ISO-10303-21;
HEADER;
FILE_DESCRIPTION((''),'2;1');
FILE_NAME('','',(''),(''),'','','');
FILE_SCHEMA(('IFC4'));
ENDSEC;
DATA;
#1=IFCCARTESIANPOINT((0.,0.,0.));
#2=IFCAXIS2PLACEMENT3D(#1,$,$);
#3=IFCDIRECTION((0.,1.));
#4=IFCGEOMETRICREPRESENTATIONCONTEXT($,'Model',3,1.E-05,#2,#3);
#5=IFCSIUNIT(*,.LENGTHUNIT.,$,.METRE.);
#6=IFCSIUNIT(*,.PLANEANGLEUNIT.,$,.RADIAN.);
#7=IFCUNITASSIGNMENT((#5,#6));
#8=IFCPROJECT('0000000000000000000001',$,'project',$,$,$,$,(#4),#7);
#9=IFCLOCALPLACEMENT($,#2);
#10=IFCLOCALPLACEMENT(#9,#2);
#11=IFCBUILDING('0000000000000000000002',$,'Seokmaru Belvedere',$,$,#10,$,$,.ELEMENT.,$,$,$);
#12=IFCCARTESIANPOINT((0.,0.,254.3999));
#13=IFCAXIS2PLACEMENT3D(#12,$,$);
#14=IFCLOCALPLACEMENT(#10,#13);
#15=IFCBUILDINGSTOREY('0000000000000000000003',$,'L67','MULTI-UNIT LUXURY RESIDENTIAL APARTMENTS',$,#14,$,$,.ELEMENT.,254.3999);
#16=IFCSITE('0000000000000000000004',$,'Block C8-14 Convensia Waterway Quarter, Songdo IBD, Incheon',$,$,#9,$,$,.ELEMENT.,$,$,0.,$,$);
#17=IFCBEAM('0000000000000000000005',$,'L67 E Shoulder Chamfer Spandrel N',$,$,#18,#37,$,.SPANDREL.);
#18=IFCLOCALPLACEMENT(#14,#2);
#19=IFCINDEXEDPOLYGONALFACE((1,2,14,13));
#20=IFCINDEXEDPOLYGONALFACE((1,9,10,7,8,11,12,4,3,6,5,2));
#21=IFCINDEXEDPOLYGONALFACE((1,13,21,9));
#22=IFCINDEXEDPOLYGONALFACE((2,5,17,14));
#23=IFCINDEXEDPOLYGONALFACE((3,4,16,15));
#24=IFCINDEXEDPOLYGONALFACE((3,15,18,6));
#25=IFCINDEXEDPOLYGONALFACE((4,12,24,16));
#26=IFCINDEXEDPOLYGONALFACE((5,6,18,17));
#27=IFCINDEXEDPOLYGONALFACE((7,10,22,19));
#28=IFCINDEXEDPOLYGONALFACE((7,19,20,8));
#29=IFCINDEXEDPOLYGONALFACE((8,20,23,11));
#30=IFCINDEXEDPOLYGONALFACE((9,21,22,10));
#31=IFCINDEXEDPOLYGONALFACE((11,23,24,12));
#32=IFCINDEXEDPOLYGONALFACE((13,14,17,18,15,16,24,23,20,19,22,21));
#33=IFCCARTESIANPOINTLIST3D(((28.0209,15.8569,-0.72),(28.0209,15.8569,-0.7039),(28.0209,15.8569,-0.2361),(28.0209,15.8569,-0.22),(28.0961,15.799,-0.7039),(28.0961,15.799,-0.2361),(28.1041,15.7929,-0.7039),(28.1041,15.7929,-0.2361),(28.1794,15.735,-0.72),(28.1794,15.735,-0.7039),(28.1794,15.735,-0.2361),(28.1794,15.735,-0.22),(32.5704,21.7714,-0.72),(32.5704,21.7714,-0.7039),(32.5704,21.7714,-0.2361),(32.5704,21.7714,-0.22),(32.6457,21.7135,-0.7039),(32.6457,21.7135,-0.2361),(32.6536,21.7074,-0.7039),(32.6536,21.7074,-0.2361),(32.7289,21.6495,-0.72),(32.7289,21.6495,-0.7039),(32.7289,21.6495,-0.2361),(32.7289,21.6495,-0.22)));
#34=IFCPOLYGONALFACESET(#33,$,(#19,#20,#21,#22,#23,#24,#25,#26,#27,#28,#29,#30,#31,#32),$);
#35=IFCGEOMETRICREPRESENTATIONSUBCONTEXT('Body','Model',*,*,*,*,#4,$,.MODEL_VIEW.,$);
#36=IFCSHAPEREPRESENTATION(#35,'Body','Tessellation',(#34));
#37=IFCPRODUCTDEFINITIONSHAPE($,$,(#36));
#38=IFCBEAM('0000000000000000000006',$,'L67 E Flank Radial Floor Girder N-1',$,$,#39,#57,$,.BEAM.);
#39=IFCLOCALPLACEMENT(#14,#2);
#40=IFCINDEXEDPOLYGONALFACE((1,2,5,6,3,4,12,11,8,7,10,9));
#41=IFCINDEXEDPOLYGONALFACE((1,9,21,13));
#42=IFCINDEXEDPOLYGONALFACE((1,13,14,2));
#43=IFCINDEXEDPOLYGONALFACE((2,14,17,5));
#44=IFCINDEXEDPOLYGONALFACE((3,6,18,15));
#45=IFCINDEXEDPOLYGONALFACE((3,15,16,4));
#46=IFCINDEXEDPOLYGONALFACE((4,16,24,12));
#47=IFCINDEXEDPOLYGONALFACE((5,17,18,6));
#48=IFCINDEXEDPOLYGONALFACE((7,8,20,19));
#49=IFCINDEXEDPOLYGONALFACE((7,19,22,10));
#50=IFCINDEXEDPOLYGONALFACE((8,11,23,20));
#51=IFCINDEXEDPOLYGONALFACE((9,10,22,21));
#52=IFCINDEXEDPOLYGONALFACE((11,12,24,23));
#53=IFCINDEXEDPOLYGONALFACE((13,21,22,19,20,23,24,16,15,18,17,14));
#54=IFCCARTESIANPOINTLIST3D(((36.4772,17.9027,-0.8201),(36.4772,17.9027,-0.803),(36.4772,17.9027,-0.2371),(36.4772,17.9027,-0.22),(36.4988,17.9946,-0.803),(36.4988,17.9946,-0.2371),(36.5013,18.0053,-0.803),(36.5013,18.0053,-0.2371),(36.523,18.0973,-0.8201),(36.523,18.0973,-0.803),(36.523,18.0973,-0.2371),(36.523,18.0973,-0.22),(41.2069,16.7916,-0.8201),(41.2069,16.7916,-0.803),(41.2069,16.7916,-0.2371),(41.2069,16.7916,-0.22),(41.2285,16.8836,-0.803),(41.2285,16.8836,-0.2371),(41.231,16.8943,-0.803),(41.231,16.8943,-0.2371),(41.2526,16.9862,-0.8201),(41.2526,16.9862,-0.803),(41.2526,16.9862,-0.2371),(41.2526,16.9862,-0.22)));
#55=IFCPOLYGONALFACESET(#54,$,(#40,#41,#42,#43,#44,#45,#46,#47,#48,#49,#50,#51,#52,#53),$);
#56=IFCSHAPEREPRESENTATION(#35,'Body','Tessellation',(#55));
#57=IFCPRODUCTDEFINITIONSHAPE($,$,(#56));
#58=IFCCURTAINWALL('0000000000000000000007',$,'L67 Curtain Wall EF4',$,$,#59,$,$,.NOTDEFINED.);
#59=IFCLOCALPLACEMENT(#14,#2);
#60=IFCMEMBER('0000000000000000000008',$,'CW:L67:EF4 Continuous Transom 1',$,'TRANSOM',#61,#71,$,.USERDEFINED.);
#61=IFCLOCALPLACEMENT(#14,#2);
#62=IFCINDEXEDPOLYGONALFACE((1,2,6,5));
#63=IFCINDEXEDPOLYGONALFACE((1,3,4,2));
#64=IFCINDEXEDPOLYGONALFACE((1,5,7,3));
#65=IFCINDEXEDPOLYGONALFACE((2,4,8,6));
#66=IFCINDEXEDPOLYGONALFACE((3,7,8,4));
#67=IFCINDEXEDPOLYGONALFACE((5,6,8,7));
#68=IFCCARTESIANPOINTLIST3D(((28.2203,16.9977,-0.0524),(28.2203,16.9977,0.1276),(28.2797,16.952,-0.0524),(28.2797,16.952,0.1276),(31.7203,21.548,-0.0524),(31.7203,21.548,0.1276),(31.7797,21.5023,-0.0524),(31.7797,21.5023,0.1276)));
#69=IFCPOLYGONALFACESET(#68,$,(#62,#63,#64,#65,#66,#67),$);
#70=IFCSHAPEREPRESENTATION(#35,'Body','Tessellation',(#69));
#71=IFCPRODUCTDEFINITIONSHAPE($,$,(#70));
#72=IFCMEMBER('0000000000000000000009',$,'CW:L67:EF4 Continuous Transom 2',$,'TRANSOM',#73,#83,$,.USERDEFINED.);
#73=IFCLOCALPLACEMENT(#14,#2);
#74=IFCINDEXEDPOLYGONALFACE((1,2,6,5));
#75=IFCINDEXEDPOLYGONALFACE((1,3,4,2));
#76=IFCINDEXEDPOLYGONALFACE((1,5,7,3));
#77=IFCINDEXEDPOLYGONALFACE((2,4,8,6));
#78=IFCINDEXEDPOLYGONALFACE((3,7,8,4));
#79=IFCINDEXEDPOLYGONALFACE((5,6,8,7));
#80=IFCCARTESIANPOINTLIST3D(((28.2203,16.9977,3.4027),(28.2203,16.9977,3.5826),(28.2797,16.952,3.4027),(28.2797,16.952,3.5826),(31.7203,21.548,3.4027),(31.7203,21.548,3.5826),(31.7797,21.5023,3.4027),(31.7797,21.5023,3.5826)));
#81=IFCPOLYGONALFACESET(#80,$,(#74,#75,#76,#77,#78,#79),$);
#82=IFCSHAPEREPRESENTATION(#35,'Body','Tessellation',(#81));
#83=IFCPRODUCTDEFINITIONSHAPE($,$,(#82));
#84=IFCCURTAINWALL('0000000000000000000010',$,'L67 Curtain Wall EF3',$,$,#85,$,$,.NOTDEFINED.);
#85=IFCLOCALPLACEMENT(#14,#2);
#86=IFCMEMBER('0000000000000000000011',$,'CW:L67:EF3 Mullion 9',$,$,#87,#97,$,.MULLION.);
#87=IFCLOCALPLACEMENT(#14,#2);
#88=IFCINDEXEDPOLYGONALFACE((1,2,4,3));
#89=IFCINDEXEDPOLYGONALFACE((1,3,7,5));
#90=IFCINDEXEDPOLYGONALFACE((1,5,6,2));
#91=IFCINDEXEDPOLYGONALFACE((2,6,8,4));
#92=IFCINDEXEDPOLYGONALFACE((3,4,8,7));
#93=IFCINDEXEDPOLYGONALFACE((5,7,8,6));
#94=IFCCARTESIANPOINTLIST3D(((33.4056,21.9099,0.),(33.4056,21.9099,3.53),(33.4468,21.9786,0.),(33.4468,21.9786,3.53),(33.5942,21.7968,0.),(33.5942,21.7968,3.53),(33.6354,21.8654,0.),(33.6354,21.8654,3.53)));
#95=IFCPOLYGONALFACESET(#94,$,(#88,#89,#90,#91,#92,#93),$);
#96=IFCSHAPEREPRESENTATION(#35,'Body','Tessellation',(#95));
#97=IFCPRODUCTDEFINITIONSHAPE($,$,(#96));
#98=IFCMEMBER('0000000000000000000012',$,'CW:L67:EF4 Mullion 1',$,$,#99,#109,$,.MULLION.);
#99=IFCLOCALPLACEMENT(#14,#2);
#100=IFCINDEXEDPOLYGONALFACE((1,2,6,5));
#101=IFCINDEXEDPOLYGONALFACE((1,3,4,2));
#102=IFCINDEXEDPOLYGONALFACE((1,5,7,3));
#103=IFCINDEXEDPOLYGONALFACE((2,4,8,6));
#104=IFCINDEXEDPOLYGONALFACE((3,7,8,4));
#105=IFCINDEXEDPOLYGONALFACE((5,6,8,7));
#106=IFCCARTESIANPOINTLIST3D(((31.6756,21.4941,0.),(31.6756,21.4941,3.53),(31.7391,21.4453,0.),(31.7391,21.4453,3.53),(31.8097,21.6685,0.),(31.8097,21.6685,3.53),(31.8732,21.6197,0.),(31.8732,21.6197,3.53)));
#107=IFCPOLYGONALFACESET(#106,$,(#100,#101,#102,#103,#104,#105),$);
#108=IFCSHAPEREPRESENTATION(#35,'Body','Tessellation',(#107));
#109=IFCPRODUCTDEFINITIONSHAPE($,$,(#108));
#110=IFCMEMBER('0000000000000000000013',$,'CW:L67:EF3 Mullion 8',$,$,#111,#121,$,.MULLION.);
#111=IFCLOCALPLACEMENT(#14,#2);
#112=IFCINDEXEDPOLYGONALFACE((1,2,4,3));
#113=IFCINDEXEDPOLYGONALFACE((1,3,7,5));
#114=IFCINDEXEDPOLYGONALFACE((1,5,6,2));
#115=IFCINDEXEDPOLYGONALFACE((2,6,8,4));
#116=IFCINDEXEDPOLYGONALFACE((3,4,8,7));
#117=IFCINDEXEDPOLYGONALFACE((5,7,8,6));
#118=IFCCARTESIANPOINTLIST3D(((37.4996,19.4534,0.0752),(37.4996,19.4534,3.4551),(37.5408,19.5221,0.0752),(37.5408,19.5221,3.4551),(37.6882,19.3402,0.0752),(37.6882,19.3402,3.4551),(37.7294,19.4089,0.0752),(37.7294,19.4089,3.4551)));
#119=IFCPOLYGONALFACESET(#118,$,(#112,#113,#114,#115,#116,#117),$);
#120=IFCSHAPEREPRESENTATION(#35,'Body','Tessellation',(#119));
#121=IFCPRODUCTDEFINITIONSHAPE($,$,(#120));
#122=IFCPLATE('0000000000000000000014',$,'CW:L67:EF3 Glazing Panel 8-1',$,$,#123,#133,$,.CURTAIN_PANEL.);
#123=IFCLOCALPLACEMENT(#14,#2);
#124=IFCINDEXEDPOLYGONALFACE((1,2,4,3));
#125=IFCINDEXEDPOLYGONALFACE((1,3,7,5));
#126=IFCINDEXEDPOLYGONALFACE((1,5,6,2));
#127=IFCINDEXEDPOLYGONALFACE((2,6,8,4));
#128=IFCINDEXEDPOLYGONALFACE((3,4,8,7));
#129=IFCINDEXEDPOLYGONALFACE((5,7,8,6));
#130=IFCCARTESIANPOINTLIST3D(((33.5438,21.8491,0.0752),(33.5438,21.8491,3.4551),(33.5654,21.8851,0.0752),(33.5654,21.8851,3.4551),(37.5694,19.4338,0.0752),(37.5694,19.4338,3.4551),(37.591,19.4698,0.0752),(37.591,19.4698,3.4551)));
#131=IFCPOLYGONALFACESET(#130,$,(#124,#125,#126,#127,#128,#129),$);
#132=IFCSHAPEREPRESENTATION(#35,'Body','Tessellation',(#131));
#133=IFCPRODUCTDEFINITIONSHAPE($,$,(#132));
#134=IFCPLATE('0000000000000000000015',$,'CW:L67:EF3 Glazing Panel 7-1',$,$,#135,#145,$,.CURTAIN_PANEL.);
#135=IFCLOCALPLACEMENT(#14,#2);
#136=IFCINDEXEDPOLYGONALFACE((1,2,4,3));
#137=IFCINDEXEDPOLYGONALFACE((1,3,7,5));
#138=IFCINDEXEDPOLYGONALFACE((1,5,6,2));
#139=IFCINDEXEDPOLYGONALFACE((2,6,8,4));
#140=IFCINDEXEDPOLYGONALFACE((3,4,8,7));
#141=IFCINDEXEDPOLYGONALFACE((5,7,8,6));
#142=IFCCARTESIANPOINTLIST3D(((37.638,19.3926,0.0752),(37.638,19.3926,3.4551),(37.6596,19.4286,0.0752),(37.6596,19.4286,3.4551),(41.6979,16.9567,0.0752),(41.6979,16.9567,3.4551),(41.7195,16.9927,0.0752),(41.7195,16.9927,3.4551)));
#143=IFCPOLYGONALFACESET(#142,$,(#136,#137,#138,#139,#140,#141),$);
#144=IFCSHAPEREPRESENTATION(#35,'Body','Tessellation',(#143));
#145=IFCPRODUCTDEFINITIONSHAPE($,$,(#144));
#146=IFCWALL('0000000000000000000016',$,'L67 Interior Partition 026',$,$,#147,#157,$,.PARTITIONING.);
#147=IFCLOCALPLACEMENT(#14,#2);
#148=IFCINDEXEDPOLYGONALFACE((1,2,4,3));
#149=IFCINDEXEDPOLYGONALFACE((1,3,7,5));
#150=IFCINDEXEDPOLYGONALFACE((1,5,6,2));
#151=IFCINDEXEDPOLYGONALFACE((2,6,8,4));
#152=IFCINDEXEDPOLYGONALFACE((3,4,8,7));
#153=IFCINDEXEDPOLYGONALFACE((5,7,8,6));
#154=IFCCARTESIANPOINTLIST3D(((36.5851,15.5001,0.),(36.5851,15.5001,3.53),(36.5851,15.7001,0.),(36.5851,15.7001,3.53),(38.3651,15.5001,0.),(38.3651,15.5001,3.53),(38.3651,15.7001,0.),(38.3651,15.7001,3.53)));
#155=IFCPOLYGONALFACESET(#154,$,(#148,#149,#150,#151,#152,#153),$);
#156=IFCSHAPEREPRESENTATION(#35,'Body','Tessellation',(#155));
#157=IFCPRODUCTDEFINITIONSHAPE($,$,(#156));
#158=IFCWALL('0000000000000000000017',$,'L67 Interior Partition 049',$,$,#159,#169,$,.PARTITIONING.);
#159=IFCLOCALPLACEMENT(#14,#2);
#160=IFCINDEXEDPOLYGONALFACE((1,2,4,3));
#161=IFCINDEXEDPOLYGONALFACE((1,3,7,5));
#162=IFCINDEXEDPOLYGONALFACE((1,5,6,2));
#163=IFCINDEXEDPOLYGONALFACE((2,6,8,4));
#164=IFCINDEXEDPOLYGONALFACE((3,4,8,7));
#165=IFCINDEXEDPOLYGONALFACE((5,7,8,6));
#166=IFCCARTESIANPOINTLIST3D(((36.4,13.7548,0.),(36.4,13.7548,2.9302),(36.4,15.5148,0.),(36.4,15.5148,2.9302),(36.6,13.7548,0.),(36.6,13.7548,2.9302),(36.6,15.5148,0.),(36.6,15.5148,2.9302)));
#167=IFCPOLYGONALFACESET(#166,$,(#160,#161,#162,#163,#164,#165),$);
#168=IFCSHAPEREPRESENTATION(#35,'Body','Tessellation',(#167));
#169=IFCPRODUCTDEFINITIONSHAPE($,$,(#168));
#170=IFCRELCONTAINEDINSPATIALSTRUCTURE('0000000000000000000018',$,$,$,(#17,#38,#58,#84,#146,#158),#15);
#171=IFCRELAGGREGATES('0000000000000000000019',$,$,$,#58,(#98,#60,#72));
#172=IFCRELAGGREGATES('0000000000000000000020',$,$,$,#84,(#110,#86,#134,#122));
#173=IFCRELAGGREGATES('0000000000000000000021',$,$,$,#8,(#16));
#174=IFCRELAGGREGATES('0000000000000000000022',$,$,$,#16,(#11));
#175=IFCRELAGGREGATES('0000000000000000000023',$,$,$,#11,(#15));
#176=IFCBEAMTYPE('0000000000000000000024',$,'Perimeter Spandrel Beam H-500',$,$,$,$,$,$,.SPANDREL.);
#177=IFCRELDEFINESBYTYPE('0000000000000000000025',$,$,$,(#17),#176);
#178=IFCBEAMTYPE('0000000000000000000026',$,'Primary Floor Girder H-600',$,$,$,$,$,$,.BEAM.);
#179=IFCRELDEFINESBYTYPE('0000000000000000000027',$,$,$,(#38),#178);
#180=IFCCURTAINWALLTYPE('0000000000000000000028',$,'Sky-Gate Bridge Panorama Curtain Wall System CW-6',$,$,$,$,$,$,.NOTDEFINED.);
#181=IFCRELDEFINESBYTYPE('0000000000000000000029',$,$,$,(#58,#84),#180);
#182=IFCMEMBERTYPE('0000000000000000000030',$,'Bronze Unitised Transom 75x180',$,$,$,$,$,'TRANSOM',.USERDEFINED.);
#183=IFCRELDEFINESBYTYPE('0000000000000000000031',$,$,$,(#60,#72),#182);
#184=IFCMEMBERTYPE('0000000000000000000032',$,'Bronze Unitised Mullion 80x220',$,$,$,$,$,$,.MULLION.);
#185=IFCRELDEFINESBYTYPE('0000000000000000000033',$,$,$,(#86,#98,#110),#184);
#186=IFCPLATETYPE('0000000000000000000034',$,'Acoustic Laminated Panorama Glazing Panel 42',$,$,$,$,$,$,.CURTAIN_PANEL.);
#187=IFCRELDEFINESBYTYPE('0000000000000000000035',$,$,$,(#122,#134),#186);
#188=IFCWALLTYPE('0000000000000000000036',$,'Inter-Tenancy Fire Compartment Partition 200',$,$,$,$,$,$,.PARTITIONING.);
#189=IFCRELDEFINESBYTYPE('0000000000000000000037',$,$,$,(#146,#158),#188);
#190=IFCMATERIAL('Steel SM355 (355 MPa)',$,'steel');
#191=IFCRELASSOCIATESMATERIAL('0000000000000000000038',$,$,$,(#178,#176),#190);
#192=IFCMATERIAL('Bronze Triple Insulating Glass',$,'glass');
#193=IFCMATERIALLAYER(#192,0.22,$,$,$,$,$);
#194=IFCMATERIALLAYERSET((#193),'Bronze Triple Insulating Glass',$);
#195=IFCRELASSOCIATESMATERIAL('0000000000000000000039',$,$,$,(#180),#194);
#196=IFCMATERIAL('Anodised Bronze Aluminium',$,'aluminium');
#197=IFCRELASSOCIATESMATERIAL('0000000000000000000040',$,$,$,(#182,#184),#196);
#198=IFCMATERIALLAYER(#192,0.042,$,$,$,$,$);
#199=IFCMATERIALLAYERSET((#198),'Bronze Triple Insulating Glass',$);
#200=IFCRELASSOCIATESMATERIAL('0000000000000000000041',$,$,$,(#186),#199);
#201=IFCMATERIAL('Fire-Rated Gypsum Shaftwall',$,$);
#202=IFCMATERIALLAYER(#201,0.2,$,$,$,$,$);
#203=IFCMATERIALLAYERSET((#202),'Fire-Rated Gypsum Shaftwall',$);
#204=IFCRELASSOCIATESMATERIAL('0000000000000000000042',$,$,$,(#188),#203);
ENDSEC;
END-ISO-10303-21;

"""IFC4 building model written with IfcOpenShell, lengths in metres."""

from ifc_helpers import new_model, si_unit, direction, frame, frame_2d, origin, origin_2d, place, context, subcontext, project, spatial, rectangle, i_section, extrude, source, transform, mapped, material, layer, layer_set, material_profile, profile_set, type_object, type_shapes, element, aggregate, save


model = new_model("IFC4")

# Units and contexts
model_context = context("Model", 3, precision=1e-05, world=origin(), true_north=direction((0.0, 1.0)))
body_context = subcontext(model_context, "Body", "Model", "MODEL_VIEW")
ifc_project = project(units=[si_unit("LENGTHUNIT", "METRE"), si_unit("PLANEANGLEUNIT", "RADIAN")], contexts=[model_context])

# Site, building, storey
site_placement = place(None, origin())
site = spatial("IfcSite", under=ifc_project, at=site_placement, Name="Block C8-14 Convensia Waterway Quarter, Songdo IBD, Incheon", CompositionType="ELEMENT", RefElevation=0.0)
building_placement = place(site_placement, origin())
building = spatial("IfcBuilding", under=site, at=building_placement, Name="Seokmaru Belvedere", CompositionType="ELEMENT")
storey_placement = place(building_placement, frame((0.0, 0.0, 254.3999)))
storey = spatial("IfcBuildingStorey", under=building, at=storey_placement, Name="L67", Description="MULTI-UNIT LUXURY RESIDENTIAL APARTMENTS", CompositionType="ELEMENT", Elevation=254.3999)

# Shared definitions
ifc_material_1 = material(Name="Steel SM355 (355 MPa)", Category="steel")

# Beams
ifc_material_profile_1 = material_profile(ifc_material_1, i_section(OverallWidth=0.2, OverallDepth=0.6001, WebThickness=0.011, FlangeThickness=0.0171, at=origin_2d()), Name="H-600x200x11x17")
ifc_profile_set_1 = profile_set([ifc_material_profile_1], Name="Steel SM355 (355 MPa)")
beam_type_1 = type_object("IfcBeamType", Name="Primary Floor Girder H-600", PredefinedType="BEAM", material=ifc_profile_set_1)
ifc_material_profile_2 = material_profile(ifc_material_1, i_section(OverallWidth=0.2, OverallDepth=0.5, WebThickness=0.01, FlangeThickness=0.0161, at=origin_2d()), Name="H-500x200x10x16")
ifc_profile_set_2 = profile_set([ifc_material_profile_2], Name="Steel SM355 (355 MPa)")
beam_type_2 = type_object("IfcBeamType", Name="Perimeter Spandrel Beam H-500", PredefinedType="SPANDREL", material=ifc_profile_set_2)
shared_shape_1 = source(origin(), body_context, "Body", "SweptSolid", [
    extrude(i_section(OverallWidth=0.2, OverallDepth=0.5, WebThickness=0.01, FlangeThickness=0.0161, at=origin_2d()), origin(), (0.0, 0.0, 1.0), 7.4619),
])
beam_1_placement = place(storey_placement, frame((32.6497, 21.7104, -0.47), z_axis=(-0.609703, -0.79263, 0.0), x_axis=(0.79263, -0.609703, 0.0)))
element("IfcBeam", 1, at=beam_1_placement, inside=storey, type_object=beam_type_2, Name="L67 E Shoulder Chamfer Spandrel N", PredefinedType="SPANDREL", context=body_context, shape_type="MappedRepresentation", body=[
    mapped(shared_shape_1, transform((0.0, 0.0, 0.0), scale=1.0)),
])
shared_shape_2 = source(origin(), body_context, "Body", "SweptSolid", [
    extrude(i_section(OverallWidth=0.2, OverallDepth=0.6001, WebThickness=0.011, FlangeThickness=0.0171, at=origin_2d()), origin(), (0.0, 0.0, 1.0), 4.8584),
])
beam_2_placement = place(storey_placement, frame((41.2297, 16.8889, -0.52), z_axis=(-0.973499, 0.228689, 0.0), x_axis=(-0.228689, -0.973499, 0.0)))
element("IfcBeam", 2, at=beam_2_placement, inside=storey, type_object=beam_type_1, Name="L67 E Flank Radial Floor Girder N-1", PredefinedType="BEAM", context=body_context, shape_type="MappedRepresentation", body=[
    mapped(shared_shape_2, transform((0.0, 0.0, 0.0), scale=1.0)),
])

# Curtain wall, members
ifc_material_2 = material(Name="Bronze Triple Insulating Glass", Category="glass")
ifc_layer_1 = layer(ifc_material_2, 0.22)
ifc_layer_set_1 = layer_set([ifc_layer_1], Name="Bronze Triple Insulating Glass")
curtain_wall_type = type_object("IfcCurtainWallType", Name="Sky-Gate Bridge Panorama Curtain Wall System CW-6", PredefinedType="NOTDEFINED", material=ifc_layer_set_1)
curtain_wall_1_placement = place(storey_placement, origin())
curtain_wall_1 = element("IfcCurtainWall", 3, at=curtain_wall_1_placement, inside=storey, type_object=curtain_wall_type, Name="L67 Curtain Wall EF4", PredefinedType="NOTDEFINED")
ifc_material_3 = material(Name="Anodised Bronze Aluminium", Category="aluminium")
ifc_material_profile_3 = material_profile(ifc_material_3, rectangle(XDim=0.075, YDim=0.1799, at=origin_2d()), Name="CW-T-75x180")
ifc_profile_set_3 = profile_set([ifc_material_profile_3], Name="Anodised Bronze Aluminium")
member_type_1 = type_object("IfcMemberType", Name="Bronze Unitised Transom 75x180", ElementType="TRANSOM", PredefinedType="USERDEFINED", material=ifc_profile_set_3)
shared_shape_3 = source(origin(), body_context, "Body", "SweptSolid", [
    extrude(rectangle(XDim=0.075, YDim=0.1799, at=origin_2d()), origin(), (0.0, 0.0, 1.0), 5.7407),
])
type_shapes(member_type_1, [shared_shape_3])
member_1_placement = place(storey_placement, frame((31.75, 21.5251, 0.0376), z_axis=(-0.609686, -0.792643, 0.0), x_axis=(0.792643, -0.609686, 0.0)))
member_1 = element("IfcMember", 4, at=member_1_placement, type_object=member_type_1, Name="CW:L67:EF4 Continuous Transom 1", ObjectType="TRANSOM", PredefinedType="USERDEFINED", context=body_context, shape_type="MappedRepresentation", body=[
    mapped(shared_shape_3, transform((0.0, 0.0, 0.0), scale=1.0)),
])
member_2_placement = place(storey_placement, frame((31.75, 21.5251, 3.4927), z_axis=(-0.609686, -0.792643, 0.0), x_axis=(0.792643, -0.609686, 0.0)))
member_2 = element("IfcMember", 5, at=member_2_placement, type_object=member_type_1, Name="CW:L67:EF4 Continuous Transom 2", ObjectType="TRANSOM", PredefinedType="USERDEFINED", context=body_context, shape_type="MappedRepresentation", body=[
    mapped(shared_shape_3, transform((0.0, 0.0, 0.0), scale=1.0)),
])

# Curtain wall, member
curtain_wall_2_placement = place(storey_placement, origin())
curtain_wall_2 = element("IfcCurtainWall", 6, at=curtain_wall_2_placement, inside=storey, type_object=curtain_wall_type, Name="L67 Curtain Wall EF3", PredefinedType="NOTDEFINED")
ifc_material_profile_4 = material_profile(ifc_material_3, rectangle(XDim=0.0801, YDim=0.22, at=origin_2d()), Name="CW-M-80x220")
ifc_profile_set_4 = profile_set([ifc_material_profile_4], Name="Anodised Bronze Aluminium")
member_type_2 = type_object("IfcMemberType", Name="Bronze Unitised Mullion 80x220", PredefinedType="MULLION", material=ifc_profile_set_4)
shared_shape_4 = source(origin(), body_context, "Body", "SweptSolid", [
    extrude(rectangle(XDim=0.0801, YDim=0.22, at=origin_2d()), origin(), (0.0, 0.0, 1.0), 3.53),
])
member_3_placement = place(storey_placement, frame((33.5205, 21.8877, 0.0), z_axis=(0.0, 0.0, 1.0), x_axis=(-0.514495, -0.857493, 0.0)))
member_3 = element("IfcMember", 7, at=member_3_placement, type_object=member_type_2, Name="CW:L67:EF3 Mullion 9", PredefinedType="MULLION", context=body_context, shape_type="MappedRepresentation", body=[
    mapped(shared_shape_4, transform((0.0, 0.0, 0.0), scale=1.0)),
])

# Members
member_4_placement = place(storey_placement, frame((31.7744, 21.5569, 0.0), z_axis=(0.0, 0.0, 1.0), x_axis=(0.792631, -0.609701, 0.0)))
member_4 = element("IfcMember", 8, at=member_4_placement, type_object=member_type_2, Name="CW:L67:EF4 Mullion 1", PredefinedType="MULLION", context=body_context, shape_type="MappedRepresentation", body=[
    mapped(shared_shape_4, transform((0.0, 0.0, 0.0), scale=1.0)),
])
aggregate(curtain_wall_1, [member_4, member_1, member_2])
shared_shape_5 = source(origin(), body_context, "Body", "SweptSolid", [
    extrude(rectangle(XDim=0.0801, YDim=0.22, at=origin_2d()), origin(), (0.0, 0.0, 1.0), 3.3799),
])
type_shapes(member_type_2, [shared_shape_4, shared_shape_5])
member_5_placement = place(storey_placement, frame((37.6145, 19.4312, 0.0752), z_axis=(0.0, 0.0, 1.0), x_axis=(-0.514495, -0.857493, 0.0)))
member_5 = element("IfcMember", 9, at=member_5_placement, type_object=member_type_2, Name="CW:L67:EF3 Mullion 8", PredefinedType="MULLION", context=body_context, shape_type="MappedRepresentation", body=[
    mapped(shared_shape_5, transform((0.0, 0.0, 0.0), scale=1.0)),
])

# Plates
ifc_layer_2 = layer(ifc_material_2, 0.042)
ifc_layer_set_2 = layer_set([ifc_layer_2], Name="Bronze Triple Insulating Glass")
plate_type = type_object("IfcPlateType", Name="Acoustic Laminated Panorama Glazing Panel 42", PredefinedType="CURTAIN_PANEL", material=ifc_layer_set_2)
shared_shape_6 = source(origin(), body_context, "Body", "SweptSolid", [
    extrude(rectangle(XDim=4.6946, YDim=0.042, at=origin_2d()), origin(), (0.0, 0.0, 1.0), 3.3799),
])
plate_1_placement = place(storey_placement, frame((35.5674, 20.6594, 0.0752), z_axis=(0.0, 0.0, 1.0), x_axis=(-0.857493, 0.514495, 0.0)))
plate_1 = element("IfcPlate", 10, at=plate_1_placement, type_object=plate_type, Name="CW:L67:EF3 Glazing Panel 8-1", PredefinedType="CURTAIN_PANEL", context=body_context, shape_type="MappedRepresentation", body=[
    mapped(shared_shape_6, transform((0.0, 0.0, 0.0), scale=1.0)),
])
shared_shape_7 = source(origin(), body_context, "Body", "SweptSolid", [
    extrude(rectangle(XDim=4.7346, YDim=0.042, at=origin_2d()), origin(), (0.0, 0.0, 1.0), 3.3799),
])
type_shapes(plate_type, [shared_shape_6, shared_shape_7])
plate_2_placement = place(storey_placement, frame((39.6787, 18.1926, 0.0752), z_axis=(0.0, 0.0, 1.0), x_axis=(-0.857493, 0.514495, 0.0)))
plate_2 = element("IfcPlate", 11, at=plate_2_placement, type_object=plate_type, Name="CW:L67:EF3 Glazing Panel 7-1", PredefinedType="CURTAIN_PANEL", context=body_context, shape_type="MappedRepresentation", body=[
    mapped(shared_shape_7, transform((0.0, 0.0, 0.0), scale=1.0)),
])
aggregate(curtain_wall_2, [member_5, member_3, plate_2, plate_1])

# Walls
ifc_material_4 = material(Name="Fire-Rated Gypsum Shaftwall")
ifc_layer_3 = layer(ifc_material_4, 0.2)
ifc_layer_set_3 = layer_set([ifc_layer_3], Name="Fire-Rated Gypsum Shaftwall")
wall_type_1 = type_object("IfcWallType", Name="Inter-Tenancy Fire Compartment Partition 200", PredefinedType="PARTITIONING", material=ifc_layer_set_3)
wall_1_placement = place(storey_placement, frame((36.585, 15.6001, 0.0), z_axis=(0.0, 0.0, 1.0), x_axis=(1.0, 0.0, 0.0)))
element("IfcWall", 12, at=wall_1_placement, inside=storey, type_object=wall_type_1, Name="L67 Interior Partition 026", PredefinedType="PARTITIONING", context=body_context, shape_type="SweptSolid", body=[
    extrude(rectangle(XDim=1.78, YDim=0.2, at=frame_2d((0.8901, 0.0))), origin(), (0.0, 0.0, 1.0), 3.53),
])
wall_2_placement = place(storey_placement, frame((36.5, 13.7549, 0.0), z_axis=(0.0, 0.0, 1.0), x_axis=(0.0, 1.0, 0.0)))
element("IfcWall", 13, at=wall_2_placement, inside=storey, type_object=wall_type_1, Name="L67 Interior Partition 049", PredefinedType="PARTITIONING", context=body_context, shape_type="SweptSolid", body=[
    extrude(rectangle(XDim=1.76, YDim=0.2, at=frame_2d((0.8799, 0.0))), origin(), (0.0, 0.0, 1.0), 2.9302),
])

save(model, "model.ifc")
